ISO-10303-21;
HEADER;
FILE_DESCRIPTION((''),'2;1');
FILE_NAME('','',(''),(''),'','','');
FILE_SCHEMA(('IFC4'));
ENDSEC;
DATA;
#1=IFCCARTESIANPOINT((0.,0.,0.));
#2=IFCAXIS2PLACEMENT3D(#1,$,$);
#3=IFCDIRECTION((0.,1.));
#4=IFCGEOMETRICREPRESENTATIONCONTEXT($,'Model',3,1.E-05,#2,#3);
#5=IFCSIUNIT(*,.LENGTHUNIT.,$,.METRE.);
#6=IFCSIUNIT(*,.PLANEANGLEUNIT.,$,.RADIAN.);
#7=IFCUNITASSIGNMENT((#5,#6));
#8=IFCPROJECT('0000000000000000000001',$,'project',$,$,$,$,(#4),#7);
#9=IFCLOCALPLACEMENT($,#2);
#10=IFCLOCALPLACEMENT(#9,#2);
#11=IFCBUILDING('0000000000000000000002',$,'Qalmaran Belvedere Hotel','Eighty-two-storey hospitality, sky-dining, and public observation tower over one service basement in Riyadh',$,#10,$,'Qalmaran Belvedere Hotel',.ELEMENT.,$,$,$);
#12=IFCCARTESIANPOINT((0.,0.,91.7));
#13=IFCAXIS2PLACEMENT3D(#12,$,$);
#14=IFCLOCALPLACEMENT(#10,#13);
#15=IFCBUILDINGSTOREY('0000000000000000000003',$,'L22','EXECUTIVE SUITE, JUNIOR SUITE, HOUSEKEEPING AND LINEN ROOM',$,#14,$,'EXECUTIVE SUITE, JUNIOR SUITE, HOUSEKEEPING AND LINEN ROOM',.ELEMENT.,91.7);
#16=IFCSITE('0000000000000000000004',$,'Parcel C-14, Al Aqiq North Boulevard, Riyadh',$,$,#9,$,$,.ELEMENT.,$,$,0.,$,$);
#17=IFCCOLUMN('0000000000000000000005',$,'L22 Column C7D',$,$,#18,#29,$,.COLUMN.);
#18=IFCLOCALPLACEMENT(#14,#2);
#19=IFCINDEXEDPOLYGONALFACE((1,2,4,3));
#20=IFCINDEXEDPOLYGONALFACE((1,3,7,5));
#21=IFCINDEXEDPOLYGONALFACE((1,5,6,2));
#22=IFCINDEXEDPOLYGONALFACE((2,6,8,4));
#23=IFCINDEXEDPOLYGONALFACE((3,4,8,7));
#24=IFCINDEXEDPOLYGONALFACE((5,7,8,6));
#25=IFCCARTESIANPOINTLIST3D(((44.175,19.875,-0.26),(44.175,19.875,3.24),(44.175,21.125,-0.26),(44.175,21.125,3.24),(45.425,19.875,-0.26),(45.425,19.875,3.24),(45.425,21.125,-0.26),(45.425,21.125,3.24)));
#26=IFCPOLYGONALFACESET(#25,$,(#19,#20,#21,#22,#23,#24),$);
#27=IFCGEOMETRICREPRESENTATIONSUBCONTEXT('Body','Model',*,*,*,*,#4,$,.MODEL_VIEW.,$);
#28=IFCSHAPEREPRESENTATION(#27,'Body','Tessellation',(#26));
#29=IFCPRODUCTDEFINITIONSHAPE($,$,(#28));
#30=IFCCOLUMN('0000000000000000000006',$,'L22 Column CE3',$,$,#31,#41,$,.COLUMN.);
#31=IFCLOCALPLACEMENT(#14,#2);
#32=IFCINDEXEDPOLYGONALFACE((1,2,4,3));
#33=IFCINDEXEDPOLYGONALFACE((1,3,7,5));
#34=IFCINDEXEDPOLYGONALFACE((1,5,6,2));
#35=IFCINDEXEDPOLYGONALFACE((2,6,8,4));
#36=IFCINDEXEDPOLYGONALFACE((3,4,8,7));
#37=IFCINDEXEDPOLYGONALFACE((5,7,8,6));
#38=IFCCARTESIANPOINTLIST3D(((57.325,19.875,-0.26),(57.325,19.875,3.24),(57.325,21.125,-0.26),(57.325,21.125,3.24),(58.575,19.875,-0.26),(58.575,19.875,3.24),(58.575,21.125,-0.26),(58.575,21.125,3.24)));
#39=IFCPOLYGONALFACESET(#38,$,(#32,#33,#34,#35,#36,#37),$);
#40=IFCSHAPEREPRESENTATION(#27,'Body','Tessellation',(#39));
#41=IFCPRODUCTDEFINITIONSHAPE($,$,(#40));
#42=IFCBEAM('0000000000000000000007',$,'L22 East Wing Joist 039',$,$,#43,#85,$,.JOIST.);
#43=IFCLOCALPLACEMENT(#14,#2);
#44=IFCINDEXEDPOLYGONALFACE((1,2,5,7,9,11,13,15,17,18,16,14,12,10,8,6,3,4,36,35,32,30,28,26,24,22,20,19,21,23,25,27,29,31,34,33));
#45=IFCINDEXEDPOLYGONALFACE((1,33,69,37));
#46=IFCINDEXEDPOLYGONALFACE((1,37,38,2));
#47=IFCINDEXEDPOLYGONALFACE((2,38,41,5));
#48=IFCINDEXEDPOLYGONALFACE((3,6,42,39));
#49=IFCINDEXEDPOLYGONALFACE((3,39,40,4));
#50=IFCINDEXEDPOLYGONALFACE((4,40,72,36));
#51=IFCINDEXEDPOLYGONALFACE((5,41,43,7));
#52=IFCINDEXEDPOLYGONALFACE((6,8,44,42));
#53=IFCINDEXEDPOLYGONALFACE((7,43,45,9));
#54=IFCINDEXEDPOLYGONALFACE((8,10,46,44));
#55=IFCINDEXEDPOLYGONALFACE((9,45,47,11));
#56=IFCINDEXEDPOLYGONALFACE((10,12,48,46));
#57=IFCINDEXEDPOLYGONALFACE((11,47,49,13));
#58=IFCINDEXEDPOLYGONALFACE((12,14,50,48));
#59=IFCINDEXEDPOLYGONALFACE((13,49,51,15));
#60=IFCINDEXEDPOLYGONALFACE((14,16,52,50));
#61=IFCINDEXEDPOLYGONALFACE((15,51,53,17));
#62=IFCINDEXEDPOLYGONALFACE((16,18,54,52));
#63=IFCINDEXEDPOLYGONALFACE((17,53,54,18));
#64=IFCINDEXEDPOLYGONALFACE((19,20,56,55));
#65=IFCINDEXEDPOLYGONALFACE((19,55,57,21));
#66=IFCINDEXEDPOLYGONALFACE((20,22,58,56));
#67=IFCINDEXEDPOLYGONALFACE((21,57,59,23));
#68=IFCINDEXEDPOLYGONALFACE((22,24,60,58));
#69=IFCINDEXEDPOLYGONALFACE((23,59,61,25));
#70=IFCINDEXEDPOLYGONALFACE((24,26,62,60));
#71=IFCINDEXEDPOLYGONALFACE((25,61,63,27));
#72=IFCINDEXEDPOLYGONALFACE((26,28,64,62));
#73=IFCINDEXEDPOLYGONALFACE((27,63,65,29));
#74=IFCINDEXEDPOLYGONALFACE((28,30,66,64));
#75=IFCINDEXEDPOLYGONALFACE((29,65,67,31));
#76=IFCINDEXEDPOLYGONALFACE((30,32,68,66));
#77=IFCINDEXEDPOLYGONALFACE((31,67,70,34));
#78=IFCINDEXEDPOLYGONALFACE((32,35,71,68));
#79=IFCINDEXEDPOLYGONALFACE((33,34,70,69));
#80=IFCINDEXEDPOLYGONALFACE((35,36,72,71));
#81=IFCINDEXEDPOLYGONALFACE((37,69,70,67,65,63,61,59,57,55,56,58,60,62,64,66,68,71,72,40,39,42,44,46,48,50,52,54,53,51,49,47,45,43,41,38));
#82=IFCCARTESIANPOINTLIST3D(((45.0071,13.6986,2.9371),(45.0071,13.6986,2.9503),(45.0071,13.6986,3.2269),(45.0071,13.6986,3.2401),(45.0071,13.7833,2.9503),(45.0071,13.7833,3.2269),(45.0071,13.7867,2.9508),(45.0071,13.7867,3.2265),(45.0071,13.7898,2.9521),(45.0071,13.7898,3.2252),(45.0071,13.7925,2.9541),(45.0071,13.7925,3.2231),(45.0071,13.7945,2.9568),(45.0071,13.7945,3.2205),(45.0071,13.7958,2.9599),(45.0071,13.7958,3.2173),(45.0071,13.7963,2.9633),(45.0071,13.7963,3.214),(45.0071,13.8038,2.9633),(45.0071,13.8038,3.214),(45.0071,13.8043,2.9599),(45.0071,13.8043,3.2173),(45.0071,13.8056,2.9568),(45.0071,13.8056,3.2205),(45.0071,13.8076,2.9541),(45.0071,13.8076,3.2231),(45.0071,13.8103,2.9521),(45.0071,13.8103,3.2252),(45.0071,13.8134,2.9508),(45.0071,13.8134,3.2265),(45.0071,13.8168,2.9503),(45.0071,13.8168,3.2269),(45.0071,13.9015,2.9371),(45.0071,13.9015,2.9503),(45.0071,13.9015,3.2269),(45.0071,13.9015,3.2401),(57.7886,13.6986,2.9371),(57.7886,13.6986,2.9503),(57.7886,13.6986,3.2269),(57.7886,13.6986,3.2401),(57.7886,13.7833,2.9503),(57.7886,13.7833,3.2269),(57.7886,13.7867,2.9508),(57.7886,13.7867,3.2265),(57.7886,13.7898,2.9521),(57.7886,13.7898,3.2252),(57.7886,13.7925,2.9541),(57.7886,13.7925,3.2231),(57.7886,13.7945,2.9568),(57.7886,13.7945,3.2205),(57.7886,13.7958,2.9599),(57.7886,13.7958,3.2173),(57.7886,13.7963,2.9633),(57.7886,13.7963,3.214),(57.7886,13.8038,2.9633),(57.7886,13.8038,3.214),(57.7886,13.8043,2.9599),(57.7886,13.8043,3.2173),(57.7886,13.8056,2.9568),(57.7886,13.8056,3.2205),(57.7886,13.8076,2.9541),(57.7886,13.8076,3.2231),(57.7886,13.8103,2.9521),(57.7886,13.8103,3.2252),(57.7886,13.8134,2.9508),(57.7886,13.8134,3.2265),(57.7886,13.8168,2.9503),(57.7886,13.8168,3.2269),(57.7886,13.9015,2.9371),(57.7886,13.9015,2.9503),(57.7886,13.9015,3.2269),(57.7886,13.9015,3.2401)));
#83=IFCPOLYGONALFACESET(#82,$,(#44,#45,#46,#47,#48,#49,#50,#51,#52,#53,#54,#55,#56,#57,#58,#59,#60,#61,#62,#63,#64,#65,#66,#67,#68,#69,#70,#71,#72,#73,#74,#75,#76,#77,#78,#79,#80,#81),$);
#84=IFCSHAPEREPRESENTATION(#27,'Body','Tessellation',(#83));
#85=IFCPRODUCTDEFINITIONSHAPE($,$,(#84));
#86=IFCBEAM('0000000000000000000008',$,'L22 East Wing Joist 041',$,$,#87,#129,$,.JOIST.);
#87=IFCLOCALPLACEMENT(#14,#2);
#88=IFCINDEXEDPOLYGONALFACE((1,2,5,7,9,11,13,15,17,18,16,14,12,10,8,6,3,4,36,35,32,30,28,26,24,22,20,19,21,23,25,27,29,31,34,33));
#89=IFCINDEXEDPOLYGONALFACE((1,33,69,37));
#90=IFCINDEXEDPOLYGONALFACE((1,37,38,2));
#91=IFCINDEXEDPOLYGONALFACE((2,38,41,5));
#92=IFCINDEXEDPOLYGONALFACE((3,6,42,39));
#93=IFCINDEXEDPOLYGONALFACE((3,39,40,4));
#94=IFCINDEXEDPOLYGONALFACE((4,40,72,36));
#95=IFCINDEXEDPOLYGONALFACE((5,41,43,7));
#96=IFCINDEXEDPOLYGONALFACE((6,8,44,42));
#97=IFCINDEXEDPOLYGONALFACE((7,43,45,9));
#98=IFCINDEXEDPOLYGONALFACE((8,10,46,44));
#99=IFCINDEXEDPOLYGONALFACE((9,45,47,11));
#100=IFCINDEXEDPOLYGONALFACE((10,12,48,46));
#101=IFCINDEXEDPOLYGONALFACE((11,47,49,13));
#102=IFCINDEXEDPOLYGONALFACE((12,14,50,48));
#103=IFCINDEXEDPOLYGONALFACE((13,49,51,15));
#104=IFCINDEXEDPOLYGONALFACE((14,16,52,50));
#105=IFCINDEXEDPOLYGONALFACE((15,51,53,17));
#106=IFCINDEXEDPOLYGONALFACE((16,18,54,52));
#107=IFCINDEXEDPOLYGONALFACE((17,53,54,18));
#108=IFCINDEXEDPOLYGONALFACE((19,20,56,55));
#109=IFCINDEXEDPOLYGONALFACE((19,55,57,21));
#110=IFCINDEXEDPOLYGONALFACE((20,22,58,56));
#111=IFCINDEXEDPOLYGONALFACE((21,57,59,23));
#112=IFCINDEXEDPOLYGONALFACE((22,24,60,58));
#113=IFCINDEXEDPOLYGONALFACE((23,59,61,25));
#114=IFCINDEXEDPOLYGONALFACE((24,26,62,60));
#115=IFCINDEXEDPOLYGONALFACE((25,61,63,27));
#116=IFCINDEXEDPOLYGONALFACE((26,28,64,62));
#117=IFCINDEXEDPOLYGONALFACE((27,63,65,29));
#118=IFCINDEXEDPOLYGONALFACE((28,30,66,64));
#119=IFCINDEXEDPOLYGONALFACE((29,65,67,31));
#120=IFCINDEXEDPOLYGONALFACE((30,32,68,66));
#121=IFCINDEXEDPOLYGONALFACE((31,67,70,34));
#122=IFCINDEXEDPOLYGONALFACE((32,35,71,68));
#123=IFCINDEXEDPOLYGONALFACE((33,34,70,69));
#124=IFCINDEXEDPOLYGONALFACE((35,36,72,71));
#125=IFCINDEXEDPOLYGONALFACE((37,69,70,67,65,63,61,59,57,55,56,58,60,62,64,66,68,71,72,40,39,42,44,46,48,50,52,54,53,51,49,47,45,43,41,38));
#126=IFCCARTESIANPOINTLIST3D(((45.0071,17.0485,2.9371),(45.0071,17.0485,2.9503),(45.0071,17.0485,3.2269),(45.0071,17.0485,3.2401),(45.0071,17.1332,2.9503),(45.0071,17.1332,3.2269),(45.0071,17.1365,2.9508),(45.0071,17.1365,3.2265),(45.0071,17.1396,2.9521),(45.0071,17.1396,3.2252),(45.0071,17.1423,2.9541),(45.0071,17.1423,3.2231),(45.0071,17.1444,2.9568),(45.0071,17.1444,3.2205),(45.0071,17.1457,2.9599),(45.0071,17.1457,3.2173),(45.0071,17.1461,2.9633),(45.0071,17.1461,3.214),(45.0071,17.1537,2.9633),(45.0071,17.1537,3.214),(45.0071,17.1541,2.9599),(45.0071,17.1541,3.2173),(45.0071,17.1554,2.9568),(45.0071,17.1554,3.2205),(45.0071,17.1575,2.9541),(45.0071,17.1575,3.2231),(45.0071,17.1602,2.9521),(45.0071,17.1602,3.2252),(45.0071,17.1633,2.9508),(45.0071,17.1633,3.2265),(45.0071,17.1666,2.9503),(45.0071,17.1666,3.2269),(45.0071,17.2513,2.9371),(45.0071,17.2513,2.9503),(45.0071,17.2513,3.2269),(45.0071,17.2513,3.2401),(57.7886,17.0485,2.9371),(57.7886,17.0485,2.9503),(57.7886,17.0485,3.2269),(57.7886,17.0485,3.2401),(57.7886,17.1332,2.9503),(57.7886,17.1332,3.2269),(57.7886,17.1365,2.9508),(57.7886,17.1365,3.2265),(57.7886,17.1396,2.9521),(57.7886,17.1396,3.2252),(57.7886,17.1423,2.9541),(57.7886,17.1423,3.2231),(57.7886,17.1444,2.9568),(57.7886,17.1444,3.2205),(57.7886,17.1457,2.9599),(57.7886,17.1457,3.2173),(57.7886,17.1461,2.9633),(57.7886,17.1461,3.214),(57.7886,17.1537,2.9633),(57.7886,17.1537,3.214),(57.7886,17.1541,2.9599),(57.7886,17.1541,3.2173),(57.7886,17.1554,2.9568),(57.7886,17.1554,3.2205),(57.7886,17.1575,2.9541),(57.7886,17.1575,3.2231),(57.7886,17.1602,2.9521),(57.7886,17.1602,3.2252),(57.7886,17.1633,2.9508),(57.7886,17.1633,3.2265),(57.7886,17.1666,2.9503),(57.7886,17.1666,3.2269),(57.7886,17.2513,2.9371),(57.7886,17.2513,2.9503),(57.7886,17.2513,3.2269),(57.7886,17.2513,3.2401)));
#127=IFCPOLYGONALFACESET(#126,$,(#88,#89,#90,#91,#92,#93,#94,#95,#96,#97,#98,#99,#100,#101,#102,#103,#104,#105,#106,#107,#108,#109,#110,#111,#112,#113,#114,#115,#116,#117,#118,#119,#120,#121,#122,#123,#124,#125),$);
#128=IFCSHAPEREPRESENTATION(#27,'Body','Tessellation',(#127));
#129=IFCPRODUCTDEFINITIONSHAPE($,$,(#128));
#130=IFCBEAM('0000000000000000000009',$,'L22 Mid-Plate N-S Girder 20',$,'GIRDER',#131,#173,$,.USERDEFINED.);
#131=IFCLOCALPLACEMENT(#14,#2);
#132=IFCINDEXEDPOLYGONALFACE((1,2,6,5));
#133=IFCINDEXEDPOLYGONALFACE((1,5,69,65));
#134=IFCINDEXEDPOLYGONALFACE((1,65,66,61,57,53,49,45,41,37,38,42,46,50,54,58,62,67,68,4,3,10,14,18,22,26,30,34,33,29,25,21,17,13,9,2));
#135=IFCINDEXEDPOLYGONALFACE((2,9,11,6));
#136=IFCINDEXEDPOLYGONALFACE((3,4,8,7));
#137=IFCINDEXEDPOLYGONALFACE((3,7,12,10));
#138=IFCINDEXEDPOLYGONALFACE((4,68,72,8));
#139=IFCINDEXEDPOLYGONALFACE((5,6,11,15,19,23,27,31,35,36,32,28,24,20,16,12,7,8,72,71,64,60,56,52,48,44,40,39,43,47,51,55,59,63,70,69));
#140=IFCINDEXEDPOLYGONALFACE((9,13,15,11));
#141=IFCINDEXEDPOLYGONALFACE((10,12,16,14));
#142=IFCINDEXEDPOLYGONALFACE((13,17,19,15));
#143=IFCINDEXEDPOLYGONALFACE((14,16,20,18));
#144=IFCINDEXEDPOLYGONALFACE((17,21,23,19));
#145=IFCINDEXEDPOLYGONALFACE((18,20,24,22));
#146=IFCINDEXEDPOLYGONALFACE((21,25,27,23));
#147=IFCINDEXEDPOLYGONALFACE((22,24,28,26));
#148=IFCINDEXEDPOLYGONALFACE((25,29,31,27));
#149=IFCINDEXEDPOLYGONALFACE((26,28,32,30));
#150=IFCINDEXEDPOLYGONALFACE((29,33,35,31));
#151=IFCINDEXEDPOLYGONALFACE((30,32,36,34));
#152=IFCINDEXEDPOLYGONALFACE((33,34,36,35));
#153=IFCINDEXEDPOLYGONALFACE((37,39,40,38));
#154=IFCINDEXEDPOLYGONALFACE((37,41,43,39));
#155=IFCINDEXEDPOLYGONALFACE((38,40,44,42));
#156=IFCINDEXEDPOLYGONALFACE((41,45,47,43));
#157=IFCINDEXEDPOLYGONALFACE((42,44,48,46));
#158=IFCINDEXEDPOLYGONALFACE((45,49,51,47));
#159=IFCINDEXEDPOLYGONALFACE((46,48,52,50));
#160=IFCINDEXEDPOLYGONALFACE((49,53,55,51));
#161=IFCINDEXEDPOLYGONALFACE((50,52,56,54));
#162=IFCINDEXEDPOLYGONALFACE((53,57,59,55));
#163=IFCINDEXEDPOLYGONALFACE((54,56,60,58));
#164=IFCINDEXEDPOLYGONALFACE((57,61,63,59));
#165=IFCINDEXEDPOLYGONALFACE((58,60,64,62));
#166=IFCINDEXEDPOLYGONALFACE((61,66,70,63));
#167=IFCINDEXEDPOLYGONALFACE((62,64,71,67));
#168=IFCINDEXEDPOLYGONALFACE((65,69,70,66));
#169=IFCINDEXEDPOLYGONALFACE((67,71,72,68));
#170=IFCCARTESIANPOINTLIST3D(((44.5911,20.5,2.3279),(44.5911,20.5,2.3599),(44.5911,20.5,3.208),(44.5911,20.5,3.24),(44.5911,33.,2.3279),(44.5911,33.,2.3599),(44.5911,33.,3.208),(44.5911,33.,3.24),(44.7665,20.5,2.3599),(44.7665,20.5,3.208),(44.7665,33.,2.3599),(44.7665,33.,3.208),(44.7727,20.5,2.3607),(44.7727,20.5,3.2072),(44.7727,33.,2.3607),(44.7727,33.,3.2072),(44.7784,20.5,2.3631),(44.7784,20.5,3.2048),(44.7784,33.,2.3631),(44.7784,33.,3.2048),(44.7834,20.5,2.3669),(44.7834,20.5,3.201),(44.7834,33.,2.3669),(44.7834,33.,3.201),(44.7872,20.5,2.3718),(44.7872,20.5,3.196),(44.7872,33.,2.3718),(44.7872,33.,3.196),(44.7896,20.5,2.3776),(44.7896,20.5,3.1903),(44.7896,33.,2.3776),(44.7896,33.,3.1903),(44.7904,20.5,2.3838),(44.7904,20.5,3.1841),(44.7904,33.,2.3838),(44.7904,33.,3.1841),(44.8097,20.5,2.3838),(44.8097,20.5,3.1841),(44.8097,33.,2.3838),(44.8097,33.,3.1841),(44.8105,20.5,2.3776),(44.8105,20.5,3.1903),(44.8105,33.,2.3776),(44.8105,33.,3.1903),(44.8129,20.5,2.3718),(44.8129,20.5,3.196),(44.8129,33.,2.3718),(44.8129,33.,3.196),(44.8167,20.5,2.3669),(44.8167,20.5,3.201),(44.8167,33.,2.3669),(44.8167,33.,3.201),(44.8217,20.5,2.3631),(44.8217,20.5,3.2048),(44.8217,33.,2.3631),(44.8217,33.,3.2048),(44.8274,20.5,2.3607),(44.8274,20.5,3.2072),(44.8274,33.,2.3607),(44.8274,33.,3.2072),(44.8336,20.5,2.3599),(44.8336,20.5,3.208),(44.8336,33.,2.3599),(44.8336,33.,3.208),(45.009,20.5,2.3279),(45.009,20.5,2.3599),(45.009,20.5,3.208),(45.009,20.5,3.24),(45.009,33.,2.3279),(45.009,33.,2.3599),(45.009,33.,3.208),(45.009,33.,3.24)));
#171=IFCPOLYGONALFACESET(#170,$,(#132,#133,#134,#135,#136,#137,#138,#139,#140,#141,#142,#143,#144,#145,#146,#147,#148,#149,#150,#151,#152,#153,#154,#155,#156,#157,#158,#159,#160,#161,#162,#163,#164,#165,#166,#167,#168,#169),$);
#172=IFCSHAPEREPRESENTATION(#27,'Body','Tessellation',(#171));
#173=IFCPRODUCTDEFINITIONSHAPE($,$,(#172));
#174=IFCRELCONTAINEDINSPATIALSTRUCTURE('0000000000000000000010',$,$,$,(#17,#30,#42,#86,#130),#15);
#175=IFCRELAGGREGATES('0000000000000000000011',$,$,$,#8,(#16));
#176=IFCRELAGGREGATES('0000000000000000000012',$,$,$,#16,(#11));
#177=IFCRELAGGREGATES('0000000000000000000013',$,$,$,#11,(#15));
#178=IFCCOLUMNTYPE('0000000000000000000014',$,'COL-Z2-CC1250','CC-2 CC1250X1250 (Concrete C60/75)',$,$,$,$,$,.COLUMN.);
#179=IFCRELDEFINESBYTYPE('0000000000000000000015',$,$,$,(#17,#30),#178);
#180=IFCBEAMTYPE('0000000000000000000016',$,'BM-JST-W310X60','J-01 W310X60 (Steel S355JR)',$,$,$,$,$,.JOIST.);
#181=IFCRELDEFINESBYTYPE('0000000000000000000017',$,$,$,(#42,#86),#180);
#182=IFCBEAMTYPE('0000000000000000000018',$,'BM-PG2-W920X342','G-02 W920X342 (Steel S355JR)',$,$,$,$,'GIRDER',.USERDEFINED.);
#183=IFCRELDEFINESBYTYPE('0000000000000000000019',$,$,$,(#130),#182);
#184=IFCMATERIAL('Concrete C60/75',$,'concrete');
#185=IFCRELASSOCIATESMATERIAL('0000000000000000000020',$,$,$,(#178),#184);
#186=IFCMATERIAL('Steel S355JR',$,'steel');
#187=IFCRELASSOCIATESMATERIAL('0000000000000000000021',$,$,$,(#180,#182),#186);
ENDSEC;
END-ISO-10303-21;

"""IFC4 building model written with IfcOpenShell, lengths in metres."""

from ifc_helpers import new_model, si_unit, direction, frame, origin, origin_2d, place, context, subcontext, project, spatial, rectangle, i_section, extrude, material, material_profile, profile_set, type_object, element, save


model = new_model("IFC4")

# Units and contexts
model_context = context("Model", 3, precision=1e-05, world=origin(), true_north=direction((0.0, 1.0)))
body_context = subcontext(model_context, "Body", "Model", "MODEL_VIEW")
ifc_project = project(units=[si_unit("LENGTHUNIT", "METRE"), si_unit("PLANEANGLEUNIT", "RADIAN")], contexts=[model_context])

# Site, building, storey
site_placement = place(None, origin())
site = spatial("IfcSite", under=ifc_project, at=site_placement, Name="Parcel C-14, Al Aqiq North Boulevard, Riyadh", CompositionType="ELEMENT", RefElevation=0.0)
building_placement = place(site_placement, origin())
building = spatial("IfcBuilding", under=site, at=building_placement, Name="Qalmaran Belvedere Hotel", Description="Eighty-two-storey hospitality, sky-dining, and public observation tower over one service basement in Riyadh", LongName="Qalmaran Belvedere Hotel", CompositionType="ELEMENT")
storey_placement = place(building_placement, frame((0.0, 0.0, 91.7)))
storey = spatial("IfcBuildingStorey", under=building, at=storey_placement, Name="L22", Description="EXECUTIVE SUITE, JUNIOR SUITE, HOUSEKEEPING AND LINEN ROOM", LongName="EXECUTIVE SUITE, JUNIOR SUITE, HOUSEKEEPING AND LINEN ROOM", CompositionType="ELEMENT", Elevation=91.7)

# Columns
ifc_material_1 = material(Name="Concrete C60/75", Category="concrete")
ifc_material_profile_1 = material_profile(ifc_material_1, rectangle(XDim=1.25, YDim=1.25, at=origin_2d()), Name="CC1250X1250")
ifc_profile_set_1 = profile_set([ifc_material_profile_1], Name="Concrete C60/75")
column_type = type_object("IfcColumnType", Name="COL-Z2-CC1250", Description="CC-2 CC1250X1250 (Concrete C60/75)", PredefinedType="COLUMN", material=ifc_profile_set_1)
for number, where, z_axis, x_axis, name in (
    (1, (44.8, 20.5, -0.26), (0.0, 0.0, 1.0), (1.0, 0.0, 0.0), "L22 Column C7D"),
    (2, (57.95, 20.5, -0.26), (0.0, 0.0, 1.0), (1.0, 0.0, 0.0), "L22 Column CE3"),
):
    element("IfcColumn", number, at=place(storey_placement, frame(where, z_axis=z_axis, x_axis=x_axis)), inside=storey, type_object=column_type, Name=name, PredefinedType="COLUMN", context=body_context, shape_type="SweptSolid", body=[
        extrude(rectangle(XDim=1.25, YDim=1.25, at=origin_2d()), origin(), (0.0, 0.0, 1.0), 3.5),
    ])

# Beams
ifc_material_2 = material(Name="Steel S355JR", Category="steel")
ifc_material_profile_2 = material_profile(ifc_material_2, i_section(OverallWidth=0.2029, OverallDepth=0.303, WebThickness=0.0076, FlangeThickness=0.0132, FilletRadius=0.0129, at=origin_2d()), Name="W310X60")
ifc_profile_set_2 = profile_set([ifc_material_profile_2], Name="Steel S355JR")
beam_type_1 = type_object("IfcBeamType", Name="BM-JST-W310X60", Description="J-01 W310X60 (Steel S355JR)", PredefinedType="JOIST", material=ifc_profile_set_2)
for number, where, z_axis, x_axis, name in (
    (3, (45.0071, 13.8, 3.0886), (1.0, 0.0, 0.0), (0.0, 1.0, 0.0), "L22 East Wing Joist 039"),
    (4, (45.0071, 17.1499, 3.0886), (1.0, 0.0, 0.0), (0.0, 1.0, 0.0), "L22 East Wing Joist 041"),
):
    element("IfcBeam", number, at=place(storey_placement, frame(where, z_axis=z_axis, x_axis=x_axis)), inside=storey, type_object=beam_type_1, Name=name, PredefinedType="JOIST", context=body_context, shape_type="SweptSolid", body=[
        extrude(i_section(OverallWidth=0.2029, OverallDepth=0.303, WebThickness=0.0076, FlangeThickness=0.0132, FilletRadius=0.0129, at=origin_2d()), origin(), (0.0, 0.0, 1.0), 12.7815),
    ])
ifc_material_profile_3 = material_profile(ifc_material_2, i_section(OverallWidth=0.418, OverallDepth=0.9121, WebThickness=0.0193, FlangeThickness=0.032, FilletRadius=0.0239, at=origin_2d()), Name="W920X342")
ifc_profile_set_3 = profile_set([ifc_material_profile_3], Name="Steel S355JR")
beam_type_2 = type_object("IfcBeamType", Name="BM-PG2-W920X342", Description="G-02 W920X342 (Steel S355JR)", ElementType="GIRDER", PredefinedType="USERDEFINED", material=ifc_profile_set_3)
beam_1_placement = place(storey_placement, frame((44.8, 20.5, 2.7839), z_axis=(0.0, 1.0, 0.0), x_axis=(-1.0, 0.0, 0.0)))
element("IfcBeam", 5, at=beam_1_placement, inside=storey, type_object=beam_type_2, Name="L22 Mid-Plate N-S Girder 20", ObjectType="GIRDER", PredefinedType="USERDEFINED", context=body_context, shape_type="SweptSolid", body=[
    extrude(i_section(OverallWidth=0.418, OverallDepth=0.9121, WebThickness=0.0193, FlangeThickness=0.032, FilletRadius=0.0239, at=origin_2d()), origin(), (0.0, 0.0, 1.0), 12.5),
])

save(model, "model.ifc")
